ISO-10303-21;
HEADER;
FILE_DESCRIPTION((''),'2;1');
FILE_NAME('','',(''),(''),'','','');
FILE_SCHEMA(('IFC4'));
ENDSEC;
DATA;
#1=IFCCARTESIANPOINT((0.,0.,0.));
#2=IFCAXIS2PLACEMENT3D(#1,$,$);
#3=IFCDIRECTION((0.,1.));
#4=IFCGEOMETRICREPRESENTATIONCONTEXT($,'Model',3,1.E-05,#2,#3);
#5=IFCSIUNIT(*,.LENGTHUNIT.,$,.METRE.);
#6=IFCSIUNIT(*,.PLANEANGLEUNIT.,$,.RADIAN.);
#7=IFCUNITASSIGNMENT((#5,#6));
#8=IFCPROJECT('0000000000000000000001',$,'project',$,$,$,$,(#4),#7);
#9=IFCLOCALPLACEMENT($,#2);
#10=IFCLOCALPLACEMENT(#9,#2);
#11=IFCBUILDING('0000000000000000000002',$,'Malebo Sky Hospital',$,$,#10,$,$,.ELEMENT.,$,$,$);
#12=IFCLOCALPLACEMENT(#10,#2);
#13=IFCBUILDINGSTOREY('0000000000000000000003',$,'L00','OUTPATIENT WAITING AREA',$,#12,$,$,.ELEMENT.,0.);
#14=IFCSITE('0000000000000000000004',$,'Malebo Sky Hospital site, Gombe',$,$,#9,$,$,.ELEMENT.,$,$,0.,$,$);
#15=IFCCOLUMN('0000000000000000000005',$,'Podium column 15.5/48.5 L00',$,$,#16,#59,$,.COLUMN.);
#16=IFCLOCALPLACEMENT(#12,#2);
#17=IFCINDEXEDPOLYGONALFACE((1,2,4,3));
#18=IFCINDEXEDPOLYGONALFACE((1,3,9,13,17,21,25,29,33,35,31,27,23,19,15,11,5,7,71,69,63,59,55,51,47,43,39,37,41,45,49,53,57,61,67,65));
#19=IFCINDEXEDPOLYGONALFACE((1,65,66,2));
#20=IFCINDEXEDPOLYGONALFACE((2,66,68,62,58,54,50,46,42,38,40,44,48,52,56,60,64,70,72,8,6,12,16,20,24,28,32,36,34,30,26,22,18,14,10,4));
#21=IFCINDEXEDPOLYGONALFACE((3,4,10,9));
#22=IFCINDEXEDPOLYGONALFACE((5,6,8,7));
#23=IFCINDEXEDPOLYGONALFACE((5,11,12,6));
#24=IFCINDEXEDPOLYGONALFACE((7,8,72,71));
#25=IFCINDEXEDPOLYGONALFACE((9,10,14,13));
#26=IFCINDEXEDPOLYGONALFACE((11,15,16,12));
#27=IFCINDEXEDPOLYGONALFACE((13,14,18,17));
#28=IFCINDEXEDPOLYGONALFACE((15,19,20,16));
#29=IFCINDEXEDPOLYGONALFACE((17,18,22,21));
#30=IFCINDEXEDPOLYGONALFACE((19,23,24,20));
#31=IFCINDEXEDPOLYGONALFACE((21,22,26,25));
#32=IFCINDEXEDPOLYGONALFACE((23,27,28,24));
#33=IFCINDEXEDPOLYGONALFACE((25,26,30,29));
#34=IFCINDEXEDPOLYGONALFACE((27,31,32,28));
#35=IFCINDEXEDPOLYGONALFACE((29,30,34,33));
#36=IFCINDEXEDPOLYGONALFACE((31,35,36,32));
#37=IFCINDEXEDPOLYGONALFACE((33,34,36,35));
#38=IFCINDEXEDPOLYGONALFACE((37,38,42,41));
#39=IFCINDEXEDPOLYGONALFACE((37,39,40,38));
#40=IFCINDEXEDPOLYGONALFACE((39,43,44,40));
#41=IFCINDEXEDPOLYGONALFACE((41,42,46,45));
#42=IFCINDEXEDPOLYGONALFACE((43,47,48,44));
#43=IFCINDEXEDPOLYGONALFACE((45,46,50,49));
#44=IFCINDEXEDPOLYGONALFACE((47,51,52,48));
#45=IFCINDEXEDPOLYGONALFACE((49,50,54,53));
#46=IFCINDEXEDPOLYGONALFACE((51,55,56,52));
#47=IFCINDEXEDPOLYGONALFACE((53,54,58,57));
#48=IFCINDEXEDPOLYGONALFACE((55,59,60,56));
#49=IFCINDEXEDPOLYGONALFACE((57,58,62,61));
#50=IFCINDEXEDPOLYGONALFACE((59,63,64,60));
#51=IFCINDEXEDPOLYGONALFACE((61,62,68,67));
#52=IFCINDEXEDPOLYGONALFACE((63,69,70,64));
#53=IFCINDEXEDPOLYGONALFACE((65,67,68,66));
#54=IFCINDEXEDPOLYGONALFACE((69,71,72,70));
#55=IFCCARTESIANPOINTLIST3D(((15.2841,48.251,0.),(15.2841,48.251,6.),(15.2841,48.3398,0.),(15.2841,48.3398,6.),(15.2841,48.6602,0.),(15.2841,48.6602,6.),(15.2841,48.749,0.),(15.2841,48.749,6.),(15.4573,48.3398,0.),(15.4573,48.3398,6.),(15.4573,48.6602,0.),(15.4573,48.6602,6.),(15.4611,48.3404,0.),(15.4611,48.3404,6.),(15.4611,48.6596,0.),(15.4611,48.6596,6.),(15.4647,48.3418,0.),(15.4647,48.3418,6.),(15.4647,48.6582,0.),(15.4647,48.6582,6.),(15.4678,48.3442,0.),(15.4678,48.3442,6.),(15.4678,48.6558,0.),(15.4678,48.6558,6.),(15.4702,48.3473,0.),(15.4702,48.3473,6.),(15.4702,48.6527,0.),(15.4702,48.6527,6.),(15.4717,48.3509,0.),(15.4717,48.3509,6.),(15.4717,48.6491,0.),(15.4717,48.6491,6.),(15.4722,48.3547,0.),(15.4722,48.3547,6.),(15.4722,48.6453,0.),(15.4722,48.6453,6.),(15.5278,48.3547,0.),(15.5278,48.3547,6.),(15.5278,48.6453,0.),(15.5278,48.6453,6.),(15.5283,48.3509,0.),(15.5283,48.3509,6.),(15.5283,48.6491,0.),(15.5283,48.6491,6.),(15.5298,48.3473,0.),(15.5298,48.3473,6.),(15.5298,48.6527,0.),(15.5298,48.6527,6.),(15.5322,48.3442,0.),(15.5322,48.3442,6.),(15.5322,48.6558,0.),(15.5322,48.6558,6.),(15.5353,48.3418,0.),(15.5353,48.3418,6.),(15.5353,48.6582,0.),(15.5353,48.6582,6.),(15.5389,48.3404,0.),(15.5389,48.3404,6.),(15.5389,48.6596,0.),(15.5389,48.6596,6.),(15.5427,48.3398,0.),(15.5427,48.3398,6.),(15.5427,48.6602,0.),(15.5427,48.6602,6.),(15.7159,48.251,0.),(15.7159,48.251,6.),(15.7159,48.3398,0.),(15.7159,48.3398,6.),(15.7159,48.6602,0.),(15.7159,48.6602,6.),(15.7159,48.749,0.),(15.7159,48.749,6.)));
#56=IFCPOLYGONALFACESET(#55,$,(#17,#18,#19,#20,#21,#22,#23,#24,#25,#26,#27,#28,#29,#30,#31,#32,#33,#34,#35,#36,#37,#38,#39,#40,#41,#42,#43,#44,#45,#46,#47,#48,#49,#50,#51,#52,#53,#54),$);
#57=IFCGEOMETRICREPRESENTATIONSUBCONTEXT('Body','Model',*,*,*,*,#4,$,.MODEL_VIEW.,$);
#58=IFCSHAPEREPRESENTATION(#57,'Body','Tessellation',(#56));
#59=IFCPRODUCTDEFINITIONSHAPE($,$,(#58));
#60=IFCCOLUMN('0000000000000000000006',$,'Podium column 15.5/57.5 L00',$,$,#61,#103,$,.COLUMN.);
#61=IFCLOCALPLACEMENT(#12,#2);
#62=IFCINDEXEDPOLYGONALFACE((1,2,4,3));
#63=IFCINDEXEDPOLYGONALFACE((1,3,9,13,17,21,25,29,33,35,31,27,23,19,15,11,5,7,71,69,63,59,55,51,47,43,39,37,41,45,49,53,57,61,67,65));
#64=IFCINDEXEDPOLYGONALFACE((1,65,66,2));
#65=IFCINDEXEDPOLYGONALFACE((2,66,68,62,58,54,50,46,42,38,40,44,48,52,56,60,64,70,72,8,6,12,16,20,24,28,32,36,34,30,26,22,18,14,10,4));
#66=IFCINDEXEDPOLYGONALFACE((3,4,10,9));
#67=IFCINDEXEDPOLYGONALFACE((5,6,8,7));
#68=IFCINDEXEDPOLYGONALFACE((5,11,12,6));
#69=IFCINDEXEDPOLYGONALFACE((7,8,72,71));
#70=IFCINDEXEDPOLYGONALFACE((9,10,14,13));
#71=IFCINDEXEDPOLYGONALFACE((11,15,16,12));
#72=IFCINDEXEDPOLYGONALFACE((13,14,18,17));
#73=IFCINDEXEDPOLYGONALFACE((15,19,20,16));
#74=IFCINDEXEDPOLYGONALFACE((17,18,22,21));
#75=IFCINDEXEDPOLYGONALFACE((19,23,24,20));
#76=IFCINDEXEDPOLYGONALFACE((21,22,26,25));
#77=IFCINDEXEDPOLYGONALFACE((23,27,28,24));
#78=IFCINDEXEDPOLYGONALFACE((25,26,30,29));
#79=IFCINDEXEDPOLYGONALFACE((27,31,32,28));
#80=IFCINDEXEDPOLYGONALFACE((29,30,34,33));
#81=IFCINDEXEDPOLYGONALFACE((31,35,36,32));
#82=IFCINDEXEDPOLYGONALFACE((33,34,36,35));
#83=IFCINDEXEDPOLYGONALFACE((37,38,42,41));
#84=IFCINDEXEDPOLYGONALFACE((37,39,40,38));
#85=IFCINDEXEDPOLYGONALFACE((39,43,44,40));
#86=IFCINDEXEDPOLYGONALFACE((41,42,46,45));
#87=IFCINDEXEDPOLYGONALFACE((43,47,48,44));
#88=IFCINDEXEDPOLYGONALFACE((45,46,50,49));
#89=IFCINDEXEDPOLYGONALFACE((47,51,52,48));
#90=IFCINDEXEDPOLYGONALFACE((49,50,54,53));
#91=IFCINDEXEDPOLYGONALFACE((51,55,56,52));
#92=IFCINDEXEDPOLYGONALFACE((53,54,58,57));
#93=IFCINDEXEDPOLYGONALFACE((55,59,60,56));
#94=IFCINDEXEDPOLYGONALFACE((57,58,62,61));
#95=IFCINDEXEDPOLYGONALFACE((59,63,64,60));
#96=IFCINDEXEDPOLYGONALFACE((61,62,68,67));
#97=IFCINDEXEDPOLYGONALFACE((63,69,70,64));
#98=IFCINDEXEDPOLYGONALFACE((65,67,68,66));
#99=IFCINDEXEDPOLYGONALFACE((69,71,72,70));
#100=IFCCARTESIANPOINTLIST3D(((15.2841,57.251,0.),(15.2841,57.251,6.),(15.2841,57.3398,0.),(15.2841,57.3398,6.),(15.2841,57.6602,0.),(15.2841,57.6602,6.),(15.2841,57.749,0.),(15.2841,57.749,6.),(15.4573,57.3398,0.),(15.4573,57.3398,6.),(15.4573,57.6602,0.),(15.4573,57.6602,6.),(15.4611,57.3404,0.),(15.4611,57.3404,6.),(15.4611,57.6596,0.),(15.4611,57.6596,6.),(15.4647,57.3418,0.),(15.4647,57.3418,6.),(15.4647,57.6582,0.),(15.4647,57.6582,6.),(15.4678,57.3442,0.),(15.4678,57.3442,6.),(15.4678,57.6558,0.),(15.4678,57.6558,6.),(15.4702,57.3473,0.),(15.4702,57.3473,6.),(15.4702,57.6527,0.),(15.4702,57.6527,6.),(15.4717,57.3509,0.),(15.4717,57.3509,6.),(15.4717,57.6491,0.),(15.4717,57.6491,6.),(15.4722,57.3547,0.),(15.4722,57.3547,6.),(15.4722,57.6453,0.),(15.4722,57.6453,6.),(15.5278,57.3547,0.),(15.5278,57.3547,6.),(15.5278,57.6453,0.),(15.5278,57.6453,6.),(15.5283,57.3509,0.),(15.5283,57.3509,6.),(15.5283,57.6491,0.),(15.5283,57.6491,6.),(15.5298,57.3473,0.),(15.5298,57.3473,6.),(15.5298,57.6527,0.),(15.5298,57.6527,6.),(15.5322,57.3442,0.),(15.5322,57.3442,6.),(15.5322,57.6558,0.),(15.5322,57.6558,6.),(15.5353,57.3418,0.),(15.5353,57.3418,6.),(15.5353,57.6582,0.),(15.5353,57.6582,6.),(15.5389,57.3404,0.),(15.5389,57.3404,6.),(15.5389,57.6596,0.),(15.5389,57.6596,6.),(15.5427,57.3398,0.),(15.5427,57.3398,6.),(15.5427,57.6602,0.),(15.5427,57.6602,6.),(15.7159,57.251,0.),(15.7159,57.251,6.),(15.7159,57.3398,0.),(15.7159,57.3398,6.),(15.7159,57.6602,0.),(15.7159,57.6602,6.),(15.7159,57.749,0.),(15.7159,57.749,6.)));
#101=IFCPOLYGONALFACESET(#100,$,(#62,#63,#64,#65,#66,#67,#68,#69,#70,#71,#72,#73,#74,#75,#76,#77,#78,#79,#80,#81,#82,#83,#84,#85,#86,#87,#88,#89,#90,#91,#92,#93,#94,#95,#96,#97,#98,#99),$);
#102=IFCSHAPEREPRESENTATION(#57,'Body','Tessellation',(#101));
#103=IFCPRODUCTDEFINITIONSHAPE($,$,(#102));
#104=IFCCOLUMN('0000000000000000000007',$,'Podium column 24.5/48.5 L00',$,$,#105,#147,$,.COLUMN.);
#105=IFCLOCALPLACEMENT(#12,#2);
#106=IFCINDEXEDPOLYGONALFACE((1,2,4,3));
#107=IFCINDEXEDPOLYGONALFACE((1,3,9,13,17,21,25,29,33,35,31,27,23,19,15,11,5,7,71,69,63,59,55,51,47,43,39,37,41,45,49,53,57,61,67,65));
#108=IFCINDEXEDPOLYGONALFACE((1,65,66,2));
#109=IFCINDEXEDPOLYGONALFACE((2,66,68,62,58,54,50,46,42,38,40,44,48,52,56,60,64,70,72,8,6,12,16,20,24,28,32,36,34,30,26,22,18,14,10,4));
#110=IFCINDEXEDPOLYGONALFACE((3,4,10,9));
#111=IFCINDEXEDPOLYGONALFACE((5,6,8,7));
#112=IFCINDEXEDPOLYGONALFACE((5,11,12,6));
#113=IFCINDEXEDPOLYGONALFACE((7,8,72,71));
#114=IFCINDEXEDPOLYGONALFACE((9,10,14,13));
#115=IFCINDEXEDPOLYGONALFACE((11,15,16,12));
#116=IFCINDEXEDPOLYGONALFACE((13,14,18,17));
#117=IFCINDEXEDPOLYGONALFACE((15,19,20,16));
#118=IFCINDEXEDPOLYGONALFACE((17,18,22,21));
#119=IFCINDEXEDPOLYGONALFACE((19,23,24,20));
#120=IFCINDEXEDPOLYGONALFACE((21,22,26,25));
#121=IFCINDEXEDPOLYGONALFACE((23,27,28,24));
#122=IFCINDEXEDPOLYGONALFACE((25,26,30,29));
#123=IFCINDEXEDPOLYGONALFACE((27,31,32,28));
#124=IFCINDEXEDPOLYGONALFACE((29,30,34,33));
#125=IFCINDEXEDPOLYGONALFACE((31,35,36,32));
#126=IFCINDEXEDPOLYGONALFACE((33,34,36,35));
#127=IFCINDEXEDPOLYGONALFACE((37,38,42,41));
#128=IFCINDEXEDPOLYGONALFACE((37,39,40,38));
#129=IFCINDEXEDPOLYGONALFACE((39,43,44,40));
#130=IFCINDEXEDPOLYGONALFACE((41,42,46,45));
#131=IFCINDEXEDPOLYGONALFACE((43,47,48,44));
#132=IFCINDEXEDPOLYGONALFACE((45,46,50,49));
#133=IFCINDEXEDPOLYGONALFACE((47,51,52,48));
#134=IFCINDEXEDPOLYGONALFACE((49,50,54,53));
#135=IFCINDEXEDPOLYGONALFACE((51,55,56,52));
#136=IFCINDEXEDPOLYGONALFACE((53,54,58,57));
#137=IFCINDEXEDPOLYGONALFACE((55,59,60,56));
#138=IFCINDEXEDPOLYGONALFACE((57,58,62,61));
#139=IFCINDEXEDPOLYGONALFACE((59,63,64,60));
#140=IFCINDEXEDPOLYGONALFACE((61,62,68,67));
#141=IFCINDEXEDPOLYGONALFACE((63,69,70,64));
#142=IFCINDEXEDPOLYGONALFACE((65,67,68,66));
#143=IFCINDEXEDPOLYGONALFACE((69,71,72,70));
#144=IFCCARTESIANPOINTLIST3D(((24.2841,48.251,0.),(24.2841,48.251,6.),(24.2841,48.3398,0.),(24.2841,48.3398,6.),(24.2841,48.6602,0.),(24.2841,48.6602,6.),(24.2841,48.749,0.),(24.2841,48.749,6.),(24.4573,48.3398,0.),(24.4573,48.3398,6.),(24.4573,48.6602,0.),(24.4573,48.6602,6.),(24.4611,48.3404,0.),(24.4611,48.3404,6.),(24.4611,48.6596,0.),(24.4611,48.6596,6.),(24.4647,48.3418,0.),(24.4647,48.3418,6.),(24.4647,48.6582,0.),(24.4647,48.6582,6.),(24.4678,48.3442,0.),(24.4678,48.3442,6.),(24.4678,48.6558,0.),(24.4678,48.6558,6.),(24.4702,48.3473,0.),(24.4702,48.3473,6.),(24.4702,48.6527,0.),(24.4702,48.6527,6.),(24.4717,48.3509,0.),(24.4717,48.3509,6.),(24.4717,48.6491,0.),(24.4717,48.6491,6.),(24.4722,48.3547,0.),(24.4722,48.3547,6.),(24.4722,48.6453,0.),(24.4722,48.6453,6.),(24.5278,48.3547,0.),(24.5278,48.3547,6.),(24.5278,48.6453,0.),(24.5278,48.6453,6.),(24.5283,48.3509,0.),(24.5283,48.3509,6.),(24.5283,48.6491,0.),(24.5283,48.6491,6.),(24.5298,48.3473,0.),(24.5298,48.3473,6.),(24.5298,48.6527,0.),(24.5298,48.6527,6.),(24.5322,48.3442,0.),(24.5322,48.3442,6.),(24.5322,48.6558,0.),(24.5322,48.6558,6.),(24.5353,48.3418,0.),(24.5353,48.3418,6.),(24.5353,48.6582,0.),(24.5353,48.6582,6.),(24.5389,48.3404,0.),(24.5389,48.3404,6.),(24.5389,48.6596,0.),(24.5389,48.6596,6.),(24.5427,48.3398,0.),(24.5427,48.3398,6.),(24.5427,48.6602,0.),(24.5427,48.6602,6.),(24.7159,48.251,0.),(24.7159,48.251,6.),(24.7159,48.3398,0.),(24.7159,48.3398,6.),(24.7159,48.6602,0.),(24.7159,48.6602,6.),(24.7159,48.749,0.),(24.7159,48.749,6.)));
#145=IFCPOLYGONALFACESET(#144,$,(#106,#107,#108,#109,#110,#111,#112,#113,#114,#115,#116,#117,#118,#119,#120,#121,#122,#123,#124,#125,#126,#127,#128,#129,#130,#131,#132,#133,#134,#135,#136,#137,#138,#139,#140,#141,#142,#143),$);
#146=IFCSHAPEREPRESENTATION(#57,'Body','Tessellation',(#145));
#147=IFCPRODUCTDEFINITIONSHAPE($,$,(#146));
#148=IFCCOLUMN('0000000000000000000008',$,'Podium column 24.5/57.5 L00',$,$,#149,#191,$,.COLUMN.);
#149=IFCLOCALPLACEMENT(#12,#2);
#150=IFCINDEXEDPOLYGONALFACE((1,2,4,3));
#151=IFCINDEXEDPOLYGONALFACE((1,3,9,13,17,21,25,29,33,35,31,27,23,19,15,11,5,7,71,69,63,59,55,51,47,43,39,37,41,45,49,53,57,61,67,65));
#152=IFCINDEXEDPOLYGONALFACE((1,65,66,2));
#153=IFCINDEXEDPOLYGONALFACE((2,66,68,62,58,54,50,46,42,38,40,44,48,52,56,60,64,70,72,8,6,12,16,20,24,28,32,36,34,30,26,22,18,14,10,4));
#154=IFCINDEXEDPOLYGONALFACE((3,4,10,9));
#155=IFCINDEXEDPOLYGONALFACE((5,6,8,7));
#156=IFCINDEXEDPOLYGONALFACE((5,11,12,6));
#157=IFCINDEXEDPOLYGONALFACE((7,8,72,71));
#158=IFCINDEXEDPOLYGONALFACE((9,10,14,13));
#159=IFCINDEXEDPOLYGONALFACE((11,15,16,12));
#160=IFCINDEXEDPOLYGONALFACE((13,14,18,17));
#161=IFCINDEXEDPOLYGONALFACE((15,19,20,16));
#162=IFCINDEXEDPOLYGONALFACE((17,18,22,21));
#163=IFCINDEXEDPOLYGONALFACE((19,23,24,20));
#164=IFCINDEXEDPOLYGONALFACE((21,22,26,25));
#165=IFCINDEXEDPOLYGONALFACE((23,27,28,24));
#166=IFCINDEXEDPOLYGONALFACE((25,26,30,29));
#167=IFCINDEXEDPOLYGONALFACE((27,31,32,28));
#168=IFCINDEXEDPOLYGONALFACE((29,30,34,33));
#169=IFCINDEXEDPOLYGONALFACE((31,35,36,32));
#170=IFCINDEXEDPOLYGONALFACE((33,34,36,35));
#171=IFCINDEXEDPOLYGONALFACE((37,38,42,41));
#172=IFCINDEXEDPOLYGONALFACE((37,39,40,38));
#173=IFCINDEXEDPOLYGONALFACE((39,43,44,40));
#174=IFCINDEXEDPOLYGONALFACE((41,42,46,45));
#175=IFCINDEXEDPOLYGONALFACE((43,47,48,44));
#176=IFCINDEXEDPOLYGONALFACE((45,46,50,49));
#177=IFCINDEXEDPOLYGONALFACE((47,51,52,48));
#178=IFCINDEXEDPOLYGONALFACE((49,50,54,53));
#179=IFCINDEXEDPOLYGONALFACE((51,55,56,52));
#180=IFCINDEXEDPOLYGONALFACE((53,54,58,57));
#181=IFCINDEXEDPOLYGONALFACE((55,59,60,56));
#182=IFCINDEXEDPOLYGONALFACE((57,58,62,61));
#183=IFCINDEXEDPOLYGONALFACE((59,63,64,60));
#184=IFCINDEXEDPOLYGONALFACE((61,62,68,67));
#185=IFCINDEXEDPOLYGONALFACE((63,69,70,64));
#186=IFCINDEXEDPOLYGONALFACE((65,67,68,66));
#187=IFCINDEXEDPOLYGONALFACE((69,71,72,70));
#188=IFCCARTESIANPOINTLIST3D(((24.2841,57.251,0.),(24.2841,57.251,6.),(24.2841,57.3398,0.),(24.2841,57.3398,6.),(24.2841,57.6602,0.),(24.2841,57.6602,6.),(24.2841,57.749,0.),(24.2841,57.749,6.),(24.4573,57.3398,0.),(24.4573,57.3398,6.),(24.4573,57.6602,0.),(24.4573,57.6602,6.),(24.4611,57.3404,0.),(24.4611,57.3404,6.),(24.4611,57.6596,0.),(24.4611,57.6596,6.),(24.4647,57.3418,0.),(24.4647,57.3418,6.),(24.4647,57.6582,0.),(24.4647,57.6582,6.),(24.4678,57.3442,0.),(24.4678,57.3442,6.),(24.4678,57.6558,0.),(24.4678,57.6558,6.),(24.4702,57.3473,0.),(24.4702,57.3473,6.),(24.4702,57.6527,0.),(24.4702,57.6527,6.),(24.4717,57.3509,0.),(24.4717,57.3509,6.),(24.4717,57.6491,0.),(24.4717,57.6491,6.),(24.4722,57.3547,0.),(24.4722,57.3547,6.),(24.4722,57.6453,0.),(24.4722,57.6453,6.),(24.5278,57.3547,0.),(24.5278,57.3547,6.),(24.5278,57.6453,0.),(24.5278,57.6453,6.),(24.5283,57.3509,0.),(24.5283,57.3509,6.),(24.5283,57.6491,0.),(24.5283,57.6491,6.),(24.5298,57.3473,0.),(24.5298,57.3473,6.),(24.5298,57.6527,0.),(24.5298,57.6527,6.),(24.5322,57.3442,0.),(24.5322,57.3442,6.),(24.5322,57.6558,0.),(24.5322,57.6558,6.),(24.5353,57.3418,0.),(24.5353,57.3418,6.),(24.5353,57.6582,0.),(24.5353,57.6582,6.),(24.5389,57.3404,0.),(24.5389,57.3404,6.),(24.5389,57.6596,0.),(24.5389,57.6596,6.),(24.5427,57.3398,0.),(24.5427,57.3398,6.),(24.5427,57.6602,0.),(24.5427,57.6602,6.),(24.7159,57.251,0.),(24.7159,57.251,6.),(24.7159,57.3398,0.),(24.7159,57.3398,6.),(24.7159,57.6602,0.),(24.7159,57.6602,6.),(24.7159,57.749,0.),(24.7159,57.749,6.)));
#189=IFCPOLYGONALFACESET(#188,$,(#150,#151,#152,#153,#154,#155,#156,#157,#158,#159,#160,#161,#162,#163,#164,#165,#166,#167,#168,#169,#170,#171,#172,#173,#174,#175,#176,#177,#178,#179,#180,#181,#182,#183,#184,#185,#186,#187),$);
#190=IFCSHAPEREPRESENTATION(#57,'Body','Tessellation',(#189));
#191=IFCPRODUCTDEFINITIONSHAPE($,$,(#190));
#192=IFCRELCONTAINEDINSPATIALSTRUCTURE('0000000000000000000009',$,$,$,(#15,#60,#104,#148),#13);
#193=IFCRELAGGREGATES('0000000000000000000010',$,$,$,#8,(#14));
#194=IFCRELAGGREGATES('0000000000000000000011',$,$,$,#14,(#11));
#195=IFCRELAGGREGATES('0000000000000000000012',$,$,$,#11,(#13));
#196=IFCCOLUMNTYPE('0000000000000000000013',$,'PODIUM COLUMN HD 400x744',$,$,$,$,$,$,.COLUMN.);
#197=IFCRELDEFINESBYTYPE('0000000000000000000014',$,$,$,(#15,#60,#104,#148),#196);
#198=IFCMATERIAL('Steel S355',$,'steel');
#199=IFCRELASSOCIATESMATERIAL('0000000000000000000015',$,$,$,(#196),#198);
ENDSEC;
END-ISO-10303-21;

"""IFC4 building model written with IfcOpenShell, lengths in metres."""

from ifc_helpers import new_model, si_unit, direction, frame, origin, origin_2d, place, context, subcontext, project, spatial, i_section, extrude, material, material_profile, profile_set, type_object, element, save


model = new_model("IFC4")

# Units and contexts
model_context = context("Model", 3, precision=1e-05, world=origin(), true_north=direction((0.0, 1.0)))
body_context = subcontext(model_context, "Body", "Model", "MODEL_VIEW")
ifc_project = project(units=[si_unit("LENGTHUNIT", "METRE"), si_unit("PLANEANGLEUNIT", "RADIAN")], contexts=[model_context])

# Site, building, storey
site_placement = place(None, origin())
site = spatial("IfcSite", under=ifc_project, at=site_placement, Name="Malebo Sky Hospital site, Gombe", CompositionType="ELEMENT", RefElevation=0.0)
building_placement = place(site_placement, origin())
building = spatial("IfcBuilding", under=site, at=building_placement, Name="Malebo Sky Hospital", CompositionType="ELEMENT")
storey_placement = place(building_placement, origin())
storey = spatial("IfcBuildingStorey", under=building, at=storey_placement, Name="L00", Description="OUTPATIENT WAITING AREA", CompositionType="ELEMENT", Elevation=0.0)

# Columns
ifc_material_1 = material(Name="Steel S355", Category="steel")
ifc_material_profile_1 = material_profile(ifc_material_1, i_section(OverallWidth=0.4319, OverallDepth=0.498, WebThickness=0.0557, FlangeThickness=0.0889, FilletRadius=0.0149, at=origin_2d()), Name="HD 400x744")
ifc_profile_set_1 = profile_set([ifc_material_profile_1], Name="Steel S355")
column_type = type_object("IfcColumnType", Name="PODIUM COLUMN HD 400x744", PredefinedType="COLUMN", material=ifc_profile_set_1)
for number, where, z_axis, x_axis, name in (
    (1, (15.5, 48.5, 0.0), (0.0, 0.0, 1.0), (1.0, 0.0, 0.0), "Podium column 15.5/48.5 L00"),
    (2, (15.5, 57.5, 0.0), (0.0, 0.0, 1.0), (1.0, 0.0, 0.0), "Podium column 15.5/57.5 L00"),
    (3, (24.5, 48.5, 0.0), (0.0, 0.0, 1.0), (1.0, 0.0, 0.0), "Podium column 24.5/48.5 L00"),
    (4, (24.5, 57.5, 0.0), (0.0, 0.0, 1.0), (1.0, 0.0, 0.0), "Podium column 24.5/57.5 L00"),
):
    element("IfcColumn", number, at=place(storey_placement, frame(where, z_axis=z_axis, x_axis=x_axis)), inside=storey, type_object=column_type, Name=name, PredefinedType="COLUMN", context=body_context, shape_type="SweptSolid", body=[
        extrude(i_section(OverallWidth=0.4319, OverallDepth=0.498, WebThickness=0.0557, FlangeThickness=0.0889, FilletRadius=0.0149, at=origin_2d()), origin(), (0.0, 0.0, 1.0), 6.0),
    ])

save(model, "model.ifc")
